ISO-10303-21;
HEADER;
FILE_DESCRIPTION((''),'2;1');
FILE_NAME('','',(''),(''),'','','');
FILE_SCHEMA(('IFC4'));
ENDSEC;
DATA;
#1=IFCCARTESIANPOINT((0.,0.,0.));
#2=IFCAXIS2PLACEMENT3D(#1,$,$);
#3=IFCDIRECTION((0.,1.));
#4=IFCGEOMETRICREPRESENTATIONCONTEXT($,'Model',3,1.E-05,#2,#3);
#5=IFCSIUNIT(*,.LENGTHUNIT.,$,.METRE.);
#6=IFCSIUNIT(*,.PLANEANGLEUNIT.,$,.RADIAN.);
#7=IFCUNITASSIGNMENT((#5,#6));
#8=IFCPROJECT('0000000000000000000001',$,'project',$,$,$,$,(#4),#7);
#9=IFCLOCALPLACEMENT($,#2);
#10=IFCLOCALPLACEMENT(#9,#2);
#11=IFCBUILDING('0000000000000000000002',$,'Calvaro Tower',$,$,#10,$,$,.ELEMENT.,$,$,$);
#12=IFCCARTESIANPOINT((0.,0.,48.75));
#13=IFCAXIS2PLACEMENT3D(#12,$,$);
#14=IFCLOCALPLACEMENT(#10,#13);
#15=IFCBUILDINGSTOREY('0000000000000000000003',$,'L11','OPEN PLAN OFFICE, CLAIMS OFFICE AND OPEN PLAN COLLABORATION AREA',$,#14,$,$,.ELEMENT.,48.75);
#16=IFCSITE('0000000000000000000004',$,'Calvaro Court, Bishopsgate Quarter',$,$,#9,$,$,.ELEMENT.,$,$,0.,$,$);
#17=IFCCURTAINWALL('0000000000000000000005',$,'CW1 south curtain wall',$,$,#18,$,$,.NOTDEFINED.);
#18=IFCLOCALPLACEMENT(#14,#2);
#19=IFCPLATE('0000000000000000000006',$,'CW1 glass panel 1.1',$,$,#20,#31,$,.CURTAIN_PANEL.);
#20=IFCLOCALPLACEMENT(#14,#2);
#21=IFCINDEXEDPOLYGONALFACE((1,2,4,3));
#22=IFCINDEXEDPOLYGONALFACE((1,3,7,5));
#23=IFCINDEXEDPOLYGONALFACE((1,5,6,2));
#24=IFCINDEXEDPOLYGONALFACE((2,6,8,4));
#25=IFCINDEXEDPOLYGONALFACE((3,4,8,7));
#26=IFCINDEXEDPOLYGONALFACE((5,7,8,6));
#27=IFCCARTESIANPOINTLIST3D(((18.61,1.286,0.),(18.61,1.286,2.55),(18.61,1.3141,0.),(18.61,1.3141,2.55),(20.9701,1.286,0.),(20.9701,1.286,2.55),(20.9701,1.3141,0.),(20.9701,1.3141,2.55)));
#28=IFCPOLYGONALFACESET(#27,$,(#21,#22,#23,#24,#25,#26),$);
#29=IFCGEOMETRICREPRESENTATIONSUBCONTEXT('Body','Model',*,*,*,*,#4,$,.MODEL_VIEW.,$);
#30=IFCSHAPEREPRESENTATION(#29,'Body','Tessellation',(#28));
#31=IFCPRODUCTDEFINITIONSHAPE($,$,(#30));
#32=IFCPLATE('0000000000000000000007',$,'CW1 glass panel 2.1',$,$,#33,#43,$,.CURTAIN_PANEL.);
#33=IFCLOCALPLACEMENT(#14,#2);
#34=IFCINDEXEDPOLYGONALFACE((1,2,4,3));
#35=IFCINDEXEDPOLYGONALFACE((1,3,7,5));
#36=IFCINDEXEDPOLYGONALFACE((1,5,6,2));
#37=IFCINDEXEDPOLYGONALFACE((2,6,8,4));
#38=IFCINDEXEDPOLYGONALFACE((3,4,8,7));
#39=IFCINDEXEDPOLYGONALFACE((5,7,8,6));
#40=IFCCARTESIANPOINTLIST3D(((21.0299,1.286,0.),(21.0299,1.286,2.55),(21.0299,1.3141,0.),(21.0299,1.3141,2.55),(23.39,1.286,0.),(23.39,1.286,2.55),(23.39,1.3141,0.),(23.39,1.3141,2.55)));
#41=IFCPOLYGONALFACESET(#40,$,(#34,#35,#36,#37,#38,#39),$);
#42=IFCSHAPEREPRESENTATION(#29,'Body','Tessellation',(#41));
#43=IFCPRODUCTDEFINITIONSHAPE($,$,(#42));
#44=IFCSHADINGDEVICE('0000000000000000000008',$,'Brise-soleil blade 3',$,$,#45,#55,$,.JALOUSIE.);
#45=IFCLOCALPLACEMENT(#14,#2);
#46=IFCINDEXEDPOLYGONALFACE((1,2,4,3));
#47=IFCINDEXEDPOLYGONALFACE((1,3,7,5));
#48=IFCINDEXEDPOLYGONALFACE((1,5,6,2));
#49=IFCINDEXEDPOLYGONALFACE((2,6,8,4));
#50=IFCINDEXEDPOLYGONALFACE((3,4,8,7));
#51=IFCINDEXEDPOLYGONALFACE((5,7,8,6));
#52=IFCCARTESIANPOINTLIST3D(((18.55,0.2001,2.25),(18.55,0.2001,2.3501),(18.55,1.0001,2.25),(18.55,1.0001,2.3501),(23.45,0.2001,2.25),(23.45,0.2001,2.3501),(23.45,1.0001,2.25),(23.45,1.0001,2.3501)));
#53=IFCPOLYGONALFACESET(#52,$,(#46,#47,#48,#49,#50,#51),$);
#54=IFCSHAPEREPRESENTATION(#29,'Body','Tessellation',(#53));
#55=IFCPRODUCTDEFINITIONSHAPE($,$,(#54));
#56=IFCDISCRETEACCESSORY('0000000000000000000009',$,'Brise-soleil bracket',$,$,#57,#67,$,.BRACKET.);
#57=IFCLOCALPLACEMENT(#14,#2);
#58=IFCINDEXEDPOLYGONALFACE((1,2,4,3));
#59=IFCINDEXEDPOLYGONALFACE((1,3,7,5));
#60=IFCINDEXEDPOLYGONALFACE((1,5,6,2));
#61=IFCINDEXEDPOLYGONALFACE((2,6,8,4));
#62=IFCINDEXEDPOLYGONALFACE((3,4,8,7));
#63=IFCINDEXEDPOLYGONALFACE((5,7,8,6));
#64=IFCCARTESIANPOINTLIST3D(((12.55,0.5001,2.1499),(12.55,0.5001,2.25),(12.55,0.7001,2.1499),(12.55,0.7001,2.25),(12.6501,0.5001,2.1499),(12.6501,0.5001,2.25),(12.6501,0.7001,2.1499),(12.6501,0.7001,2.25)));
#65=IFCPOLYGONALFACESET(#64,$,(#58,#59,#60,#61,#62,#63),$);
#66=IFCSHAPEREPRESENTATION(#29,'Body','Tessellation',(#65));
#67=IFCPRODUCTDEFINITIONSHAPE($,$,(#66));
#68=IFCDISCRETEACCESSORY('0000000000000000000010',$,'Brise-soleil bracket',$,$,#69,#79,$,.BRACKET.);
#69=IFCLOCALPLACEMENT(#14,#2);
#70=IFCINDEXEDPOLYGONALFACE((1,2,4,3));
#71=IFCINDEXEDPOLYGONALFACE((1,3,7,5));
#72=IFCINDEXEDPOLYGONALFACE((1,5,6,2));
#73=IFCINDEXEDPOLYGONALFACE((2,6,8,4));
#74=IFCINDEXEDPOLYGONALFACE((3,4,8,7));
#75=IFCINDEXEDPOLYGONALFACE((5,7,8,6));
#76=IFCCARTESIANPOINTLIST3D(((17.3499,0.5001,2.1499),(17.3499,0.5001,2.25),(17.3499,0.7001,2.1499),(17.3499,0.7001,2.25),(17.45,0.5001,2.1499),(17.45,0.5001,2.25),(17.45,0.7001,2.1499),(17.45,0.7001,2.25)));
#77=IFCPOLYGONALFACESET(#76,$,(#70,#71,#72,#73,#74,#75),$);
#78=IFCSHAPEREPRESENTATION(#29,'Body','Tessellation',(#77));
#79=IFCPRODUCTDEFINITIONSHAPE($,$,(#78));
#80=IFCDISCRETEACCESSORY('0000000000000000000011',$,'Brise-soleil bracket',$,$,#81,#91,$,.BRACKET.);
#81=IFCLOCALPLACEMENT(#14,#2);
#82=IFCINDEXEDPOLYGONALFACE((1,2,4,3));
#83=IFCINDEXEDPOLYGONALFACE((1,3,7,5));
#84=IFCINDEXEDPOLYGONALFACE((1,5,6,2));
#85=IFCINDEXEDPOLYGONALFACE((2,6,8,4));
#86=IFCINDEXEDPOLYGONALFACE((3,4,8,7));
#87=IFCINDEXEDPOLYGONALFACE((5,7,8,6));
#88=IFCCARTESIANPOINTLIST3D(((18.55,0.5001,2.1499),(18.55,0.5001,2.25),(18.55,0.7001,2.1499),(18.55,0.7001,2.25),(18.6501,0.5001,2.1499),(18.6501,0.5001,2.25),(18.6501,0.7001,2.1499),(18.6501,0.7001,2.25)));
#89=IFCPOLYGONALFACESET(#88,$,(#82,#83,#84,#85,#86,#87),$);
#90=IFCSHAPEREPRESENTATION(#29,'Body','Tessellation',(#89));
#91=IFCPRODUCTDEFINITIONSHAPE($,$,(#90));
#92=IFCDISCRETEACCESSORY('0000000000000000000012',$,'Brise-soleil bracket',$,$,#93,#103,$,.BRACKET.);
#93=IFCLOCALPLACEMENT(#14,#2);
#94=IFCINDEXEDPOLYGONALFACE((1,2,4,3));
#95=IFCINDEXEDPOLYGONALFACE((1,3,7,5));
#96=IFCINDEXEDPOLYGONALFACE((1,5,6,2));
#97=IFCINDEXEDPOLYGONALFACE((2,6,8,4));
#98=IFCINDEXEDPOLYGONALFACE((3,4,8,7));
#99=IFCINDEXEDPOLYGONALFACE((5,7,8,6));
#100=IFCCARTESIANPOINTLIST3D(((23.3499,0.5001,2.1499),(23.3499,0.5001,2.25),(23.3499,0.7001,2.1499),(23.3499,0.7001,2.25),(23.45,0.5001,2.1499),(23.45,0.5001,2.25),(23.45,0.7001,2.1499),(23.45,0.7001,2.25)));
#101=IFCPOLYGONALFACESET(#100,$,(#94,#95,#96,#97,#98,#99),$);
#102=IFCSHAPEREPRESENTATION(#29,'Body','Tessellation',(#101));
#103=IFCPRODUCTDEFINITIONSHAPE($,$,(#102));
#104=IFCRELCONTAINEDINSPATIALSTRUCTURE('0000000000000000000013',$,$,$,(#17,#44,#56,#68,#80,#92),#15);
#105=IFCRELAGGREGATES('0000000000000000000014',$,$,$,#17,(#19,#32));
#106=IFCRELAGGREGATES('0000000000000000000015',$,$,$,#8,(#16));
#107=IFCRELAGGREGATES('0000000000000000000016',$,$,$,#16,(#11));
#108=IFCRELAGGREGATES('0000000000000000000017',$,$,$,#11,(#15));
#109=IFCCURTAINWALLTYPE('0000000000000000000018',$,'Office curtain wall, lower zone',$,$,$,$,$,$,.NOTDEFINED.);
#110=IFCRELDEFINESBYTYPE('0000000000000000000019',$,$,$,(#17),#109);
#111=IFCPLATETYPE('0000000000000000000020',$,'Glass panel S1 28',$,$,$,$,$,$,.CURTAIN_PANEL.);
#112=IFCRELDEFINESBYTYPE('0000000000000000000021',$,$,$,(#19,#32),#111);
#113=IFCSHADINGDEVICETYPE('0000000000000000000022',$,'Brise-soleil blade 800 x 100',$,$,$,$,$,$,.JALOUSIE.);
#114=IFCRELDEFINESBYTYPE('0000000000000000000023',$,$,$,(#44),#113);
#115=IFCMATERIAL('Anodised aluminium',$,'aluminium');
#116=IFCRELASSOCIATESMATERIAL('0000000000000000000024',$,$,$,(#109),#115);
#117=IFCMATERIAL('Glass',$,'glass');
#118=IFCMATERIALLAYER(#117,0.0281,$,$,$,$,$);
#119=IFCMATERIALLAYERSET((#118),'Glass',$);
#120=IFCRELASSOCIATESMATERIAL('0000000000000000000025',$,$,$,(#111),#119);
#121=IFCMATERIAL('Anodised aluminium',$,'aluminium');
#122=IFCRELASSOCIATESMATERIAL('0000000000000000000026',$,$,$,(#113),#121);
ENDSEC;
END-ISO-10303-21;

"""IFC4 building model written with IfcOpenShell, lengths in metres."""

from ifc_helpers import new_model, si_unit, direction, frame, origin, origin_2d, place, context, subcontext, project, spatial, rectangle, extrude, material, layer, layer_set, material_profile, profile_set, type_object, element, aggregate, save


model = new_model("IFC4")

# Units and contexts
model_context = context("Model", 3, precision=1e-05, world=origin(), true_north=direction((0.0, 1.0)))
body_context = subcontext(model_context, "Body", "Model", "MODEL_VIEW")
ifc_project = project(units=[si_unit("LENGTHUNIT", "METRE"), si_unit("PLANEANGLEUNIT", "RADIAN")], contexts=[model_context])

# Site, building, storey
site_placement = place(None, origin())
site = spatial("IfcSite", under=ifc_project, at=site_placement, Name="Calvaro Court, Bishopsgate Quarter", CompositionType="ELEMENT", RefElevation=0.0)
building_placement = place(site_placement, origin())
building = spatial("IfcBuilding", under=site, at=building_placement, Name="Calvaro Tower", CompositionType="ELEMENT")
storey_placement = place(building_placement, frame((0.0, 0.0, 48.75)))
storey = spatial("IfcBuildingStorey", under=building, at=storey_placement, Name="L11", Description="OPEN PLAN OFFICE, CLAIMS OFFICE AND OPEN PLAN COLLABORATION AREA", CompositionType="ELEMENT", Elevation=48.75)

# Curtain wall
ifc_material_1 = material(Name="Anodised aluminium", Category="aluminium")
curtain_wall_type = type_object("IfcCurtainWallType", Name="Office curtain wall, lower zone", PredefinedType="NOTDEFINED", material=ifc_material_1)
curtain_wall_1_placement = place(storey_placement, origin())
curtain_wall_1 = element("IfcCurtainWall", 1, at=curtain_wall_1_placement, inside=storey, type_object=curtain_wall_type, Name="CW1 south curtain wall", PredefinedType="NOTDEFINED")

# Plates
ifc_material_2 = material(Name="Glass", Category="glass")
ifc_layer = layer(ifc_material_2, 0.0281)
ifc_layer_set = layer_set([ifc_layer], Name="Glass")
plate_type = type_object("IfcPlateType", Name="Glass panel S1 28", PredefinedType="CURTAIN_PANEL", material=ifc_layer_set)
plate_1_placement = place(storey_placement, frame((19.79, 1.3, 0.0), z_axis=(0.0, 0.0, 1.0), x_axis=(1.0, 0.0, 0.0)))
plate_1 = element("IfcPlate", 2, at=plate_1_placement, type_object=plate_type, Name="CW1 glass panel 1.1", PredefinedType="CURTAIN_PANEL", context=body_context, shape_type="SweptSolid", body=[
    extrude(rectangle(XDim=2.3601, YDim=0.0281, at=origin_2d()), origin(), (0.0, 0.0, 1.0), 2.55),
])
plate_2_placement = place(storey_placement, frame((22.21, 1.3, 0.0), z_axis=(0.0, 0.0, 1.0), x_axis=(1.0, 0.0, 0.0)))
plate_2 = element("IfcPlate", 3, at=plate_2_placement, type_object=plate_type, Name="CW1 glass panel 2.1", PredefinedType="CURTAIN_PANEL", context=body_context, shape_type="SweptSolid", body=[
    extrude(rectangle(XDim=2.3601, YDim=0.0281, at=origin_2d()), origin(), (0.0, 0.0, 1.0), 2.55),
])
aggregate(curtain_wall_1, [plate_1, plate_2])

# Shading device
ifc_material_3 = material(Name="Anodised aluminium", Category="aluminium")
ifc_material_profile_1 = material_profile(ifc_material_3, rectangle(XDim=0.8, YDim=0.1001, at=origin_2d()), Name="Brise-soleil blade 800 x 100")
ifc_profile_set_1 = profile_set([ifc_material_profile_1], Name="Anodised aluminium")
shading_device_type = type_object("IfcShadingDeviceType", Name="Brise-soleil blade 800 x 100", PredefinedType="JALOUSIE", material=ifc_profile_set_1)
shading_device_placement = place(storey_placement, frame((18.55, 0.6001, 2.3), z_axis=(1.0, 0.0, 0.0), x_axis=(0.0, 1.0, 0.0)))
element("IfcShadingDevice", 4, at=shading_device_placement, inside=storey, type_object=shading_device_type, Name="Brise-soleil blade 3", PredefinedType="JALOUSIE", context=body_context, shape_type="SweptSolid", body=[
    extrude(rectangle(XDim=0.8, YDim=0.1001, at=origin_2d()), origin(), (0.0, 0.0, 1.0), 4.8999),
])

# Discrete accessories
for number, where, z_axis, x_axis, name in (
    (5, (12.6001, 0.6001, 2.1499), (0.0, 0.0, 1.0), (1.0, 0.0, 0.0), "Brise-soleil bracket"),
    (6, (17.3999, 0.6001, 2.1499), (0.0, 0.0, 1.0), (1.0, 0.0, 0.0), "Brise-soleil bracket"),
    (7, (18.6001, 0.6001, 2.1499), (0.0, 0.0, 1.0), (1.0, 0.0, 0.0), "Brise-soleil bracket"),
    (8, (23.3999, 0.6001, 2.1499), (0.0, 0.0, 1.0), (1.0, 0.0, 0.0), "Brise-soleil bracket"),
):
    element("IfcDiscreteAccessory", number, at=place(storey_placement, frame(where, z_axis=z_axis, x_axis=x_axis)), inside=storey, Name=name, PredefinedType="BRACKET", context=body_context, shape_type="SweptSolid", body=[
        extrude(rectangle(XDim=0.1001, YDim=0.2, at=origin_2d()), origin(), (0.0, 0.0, 1.0), 0.1001),
    ])

save(model, "model.ifc")
